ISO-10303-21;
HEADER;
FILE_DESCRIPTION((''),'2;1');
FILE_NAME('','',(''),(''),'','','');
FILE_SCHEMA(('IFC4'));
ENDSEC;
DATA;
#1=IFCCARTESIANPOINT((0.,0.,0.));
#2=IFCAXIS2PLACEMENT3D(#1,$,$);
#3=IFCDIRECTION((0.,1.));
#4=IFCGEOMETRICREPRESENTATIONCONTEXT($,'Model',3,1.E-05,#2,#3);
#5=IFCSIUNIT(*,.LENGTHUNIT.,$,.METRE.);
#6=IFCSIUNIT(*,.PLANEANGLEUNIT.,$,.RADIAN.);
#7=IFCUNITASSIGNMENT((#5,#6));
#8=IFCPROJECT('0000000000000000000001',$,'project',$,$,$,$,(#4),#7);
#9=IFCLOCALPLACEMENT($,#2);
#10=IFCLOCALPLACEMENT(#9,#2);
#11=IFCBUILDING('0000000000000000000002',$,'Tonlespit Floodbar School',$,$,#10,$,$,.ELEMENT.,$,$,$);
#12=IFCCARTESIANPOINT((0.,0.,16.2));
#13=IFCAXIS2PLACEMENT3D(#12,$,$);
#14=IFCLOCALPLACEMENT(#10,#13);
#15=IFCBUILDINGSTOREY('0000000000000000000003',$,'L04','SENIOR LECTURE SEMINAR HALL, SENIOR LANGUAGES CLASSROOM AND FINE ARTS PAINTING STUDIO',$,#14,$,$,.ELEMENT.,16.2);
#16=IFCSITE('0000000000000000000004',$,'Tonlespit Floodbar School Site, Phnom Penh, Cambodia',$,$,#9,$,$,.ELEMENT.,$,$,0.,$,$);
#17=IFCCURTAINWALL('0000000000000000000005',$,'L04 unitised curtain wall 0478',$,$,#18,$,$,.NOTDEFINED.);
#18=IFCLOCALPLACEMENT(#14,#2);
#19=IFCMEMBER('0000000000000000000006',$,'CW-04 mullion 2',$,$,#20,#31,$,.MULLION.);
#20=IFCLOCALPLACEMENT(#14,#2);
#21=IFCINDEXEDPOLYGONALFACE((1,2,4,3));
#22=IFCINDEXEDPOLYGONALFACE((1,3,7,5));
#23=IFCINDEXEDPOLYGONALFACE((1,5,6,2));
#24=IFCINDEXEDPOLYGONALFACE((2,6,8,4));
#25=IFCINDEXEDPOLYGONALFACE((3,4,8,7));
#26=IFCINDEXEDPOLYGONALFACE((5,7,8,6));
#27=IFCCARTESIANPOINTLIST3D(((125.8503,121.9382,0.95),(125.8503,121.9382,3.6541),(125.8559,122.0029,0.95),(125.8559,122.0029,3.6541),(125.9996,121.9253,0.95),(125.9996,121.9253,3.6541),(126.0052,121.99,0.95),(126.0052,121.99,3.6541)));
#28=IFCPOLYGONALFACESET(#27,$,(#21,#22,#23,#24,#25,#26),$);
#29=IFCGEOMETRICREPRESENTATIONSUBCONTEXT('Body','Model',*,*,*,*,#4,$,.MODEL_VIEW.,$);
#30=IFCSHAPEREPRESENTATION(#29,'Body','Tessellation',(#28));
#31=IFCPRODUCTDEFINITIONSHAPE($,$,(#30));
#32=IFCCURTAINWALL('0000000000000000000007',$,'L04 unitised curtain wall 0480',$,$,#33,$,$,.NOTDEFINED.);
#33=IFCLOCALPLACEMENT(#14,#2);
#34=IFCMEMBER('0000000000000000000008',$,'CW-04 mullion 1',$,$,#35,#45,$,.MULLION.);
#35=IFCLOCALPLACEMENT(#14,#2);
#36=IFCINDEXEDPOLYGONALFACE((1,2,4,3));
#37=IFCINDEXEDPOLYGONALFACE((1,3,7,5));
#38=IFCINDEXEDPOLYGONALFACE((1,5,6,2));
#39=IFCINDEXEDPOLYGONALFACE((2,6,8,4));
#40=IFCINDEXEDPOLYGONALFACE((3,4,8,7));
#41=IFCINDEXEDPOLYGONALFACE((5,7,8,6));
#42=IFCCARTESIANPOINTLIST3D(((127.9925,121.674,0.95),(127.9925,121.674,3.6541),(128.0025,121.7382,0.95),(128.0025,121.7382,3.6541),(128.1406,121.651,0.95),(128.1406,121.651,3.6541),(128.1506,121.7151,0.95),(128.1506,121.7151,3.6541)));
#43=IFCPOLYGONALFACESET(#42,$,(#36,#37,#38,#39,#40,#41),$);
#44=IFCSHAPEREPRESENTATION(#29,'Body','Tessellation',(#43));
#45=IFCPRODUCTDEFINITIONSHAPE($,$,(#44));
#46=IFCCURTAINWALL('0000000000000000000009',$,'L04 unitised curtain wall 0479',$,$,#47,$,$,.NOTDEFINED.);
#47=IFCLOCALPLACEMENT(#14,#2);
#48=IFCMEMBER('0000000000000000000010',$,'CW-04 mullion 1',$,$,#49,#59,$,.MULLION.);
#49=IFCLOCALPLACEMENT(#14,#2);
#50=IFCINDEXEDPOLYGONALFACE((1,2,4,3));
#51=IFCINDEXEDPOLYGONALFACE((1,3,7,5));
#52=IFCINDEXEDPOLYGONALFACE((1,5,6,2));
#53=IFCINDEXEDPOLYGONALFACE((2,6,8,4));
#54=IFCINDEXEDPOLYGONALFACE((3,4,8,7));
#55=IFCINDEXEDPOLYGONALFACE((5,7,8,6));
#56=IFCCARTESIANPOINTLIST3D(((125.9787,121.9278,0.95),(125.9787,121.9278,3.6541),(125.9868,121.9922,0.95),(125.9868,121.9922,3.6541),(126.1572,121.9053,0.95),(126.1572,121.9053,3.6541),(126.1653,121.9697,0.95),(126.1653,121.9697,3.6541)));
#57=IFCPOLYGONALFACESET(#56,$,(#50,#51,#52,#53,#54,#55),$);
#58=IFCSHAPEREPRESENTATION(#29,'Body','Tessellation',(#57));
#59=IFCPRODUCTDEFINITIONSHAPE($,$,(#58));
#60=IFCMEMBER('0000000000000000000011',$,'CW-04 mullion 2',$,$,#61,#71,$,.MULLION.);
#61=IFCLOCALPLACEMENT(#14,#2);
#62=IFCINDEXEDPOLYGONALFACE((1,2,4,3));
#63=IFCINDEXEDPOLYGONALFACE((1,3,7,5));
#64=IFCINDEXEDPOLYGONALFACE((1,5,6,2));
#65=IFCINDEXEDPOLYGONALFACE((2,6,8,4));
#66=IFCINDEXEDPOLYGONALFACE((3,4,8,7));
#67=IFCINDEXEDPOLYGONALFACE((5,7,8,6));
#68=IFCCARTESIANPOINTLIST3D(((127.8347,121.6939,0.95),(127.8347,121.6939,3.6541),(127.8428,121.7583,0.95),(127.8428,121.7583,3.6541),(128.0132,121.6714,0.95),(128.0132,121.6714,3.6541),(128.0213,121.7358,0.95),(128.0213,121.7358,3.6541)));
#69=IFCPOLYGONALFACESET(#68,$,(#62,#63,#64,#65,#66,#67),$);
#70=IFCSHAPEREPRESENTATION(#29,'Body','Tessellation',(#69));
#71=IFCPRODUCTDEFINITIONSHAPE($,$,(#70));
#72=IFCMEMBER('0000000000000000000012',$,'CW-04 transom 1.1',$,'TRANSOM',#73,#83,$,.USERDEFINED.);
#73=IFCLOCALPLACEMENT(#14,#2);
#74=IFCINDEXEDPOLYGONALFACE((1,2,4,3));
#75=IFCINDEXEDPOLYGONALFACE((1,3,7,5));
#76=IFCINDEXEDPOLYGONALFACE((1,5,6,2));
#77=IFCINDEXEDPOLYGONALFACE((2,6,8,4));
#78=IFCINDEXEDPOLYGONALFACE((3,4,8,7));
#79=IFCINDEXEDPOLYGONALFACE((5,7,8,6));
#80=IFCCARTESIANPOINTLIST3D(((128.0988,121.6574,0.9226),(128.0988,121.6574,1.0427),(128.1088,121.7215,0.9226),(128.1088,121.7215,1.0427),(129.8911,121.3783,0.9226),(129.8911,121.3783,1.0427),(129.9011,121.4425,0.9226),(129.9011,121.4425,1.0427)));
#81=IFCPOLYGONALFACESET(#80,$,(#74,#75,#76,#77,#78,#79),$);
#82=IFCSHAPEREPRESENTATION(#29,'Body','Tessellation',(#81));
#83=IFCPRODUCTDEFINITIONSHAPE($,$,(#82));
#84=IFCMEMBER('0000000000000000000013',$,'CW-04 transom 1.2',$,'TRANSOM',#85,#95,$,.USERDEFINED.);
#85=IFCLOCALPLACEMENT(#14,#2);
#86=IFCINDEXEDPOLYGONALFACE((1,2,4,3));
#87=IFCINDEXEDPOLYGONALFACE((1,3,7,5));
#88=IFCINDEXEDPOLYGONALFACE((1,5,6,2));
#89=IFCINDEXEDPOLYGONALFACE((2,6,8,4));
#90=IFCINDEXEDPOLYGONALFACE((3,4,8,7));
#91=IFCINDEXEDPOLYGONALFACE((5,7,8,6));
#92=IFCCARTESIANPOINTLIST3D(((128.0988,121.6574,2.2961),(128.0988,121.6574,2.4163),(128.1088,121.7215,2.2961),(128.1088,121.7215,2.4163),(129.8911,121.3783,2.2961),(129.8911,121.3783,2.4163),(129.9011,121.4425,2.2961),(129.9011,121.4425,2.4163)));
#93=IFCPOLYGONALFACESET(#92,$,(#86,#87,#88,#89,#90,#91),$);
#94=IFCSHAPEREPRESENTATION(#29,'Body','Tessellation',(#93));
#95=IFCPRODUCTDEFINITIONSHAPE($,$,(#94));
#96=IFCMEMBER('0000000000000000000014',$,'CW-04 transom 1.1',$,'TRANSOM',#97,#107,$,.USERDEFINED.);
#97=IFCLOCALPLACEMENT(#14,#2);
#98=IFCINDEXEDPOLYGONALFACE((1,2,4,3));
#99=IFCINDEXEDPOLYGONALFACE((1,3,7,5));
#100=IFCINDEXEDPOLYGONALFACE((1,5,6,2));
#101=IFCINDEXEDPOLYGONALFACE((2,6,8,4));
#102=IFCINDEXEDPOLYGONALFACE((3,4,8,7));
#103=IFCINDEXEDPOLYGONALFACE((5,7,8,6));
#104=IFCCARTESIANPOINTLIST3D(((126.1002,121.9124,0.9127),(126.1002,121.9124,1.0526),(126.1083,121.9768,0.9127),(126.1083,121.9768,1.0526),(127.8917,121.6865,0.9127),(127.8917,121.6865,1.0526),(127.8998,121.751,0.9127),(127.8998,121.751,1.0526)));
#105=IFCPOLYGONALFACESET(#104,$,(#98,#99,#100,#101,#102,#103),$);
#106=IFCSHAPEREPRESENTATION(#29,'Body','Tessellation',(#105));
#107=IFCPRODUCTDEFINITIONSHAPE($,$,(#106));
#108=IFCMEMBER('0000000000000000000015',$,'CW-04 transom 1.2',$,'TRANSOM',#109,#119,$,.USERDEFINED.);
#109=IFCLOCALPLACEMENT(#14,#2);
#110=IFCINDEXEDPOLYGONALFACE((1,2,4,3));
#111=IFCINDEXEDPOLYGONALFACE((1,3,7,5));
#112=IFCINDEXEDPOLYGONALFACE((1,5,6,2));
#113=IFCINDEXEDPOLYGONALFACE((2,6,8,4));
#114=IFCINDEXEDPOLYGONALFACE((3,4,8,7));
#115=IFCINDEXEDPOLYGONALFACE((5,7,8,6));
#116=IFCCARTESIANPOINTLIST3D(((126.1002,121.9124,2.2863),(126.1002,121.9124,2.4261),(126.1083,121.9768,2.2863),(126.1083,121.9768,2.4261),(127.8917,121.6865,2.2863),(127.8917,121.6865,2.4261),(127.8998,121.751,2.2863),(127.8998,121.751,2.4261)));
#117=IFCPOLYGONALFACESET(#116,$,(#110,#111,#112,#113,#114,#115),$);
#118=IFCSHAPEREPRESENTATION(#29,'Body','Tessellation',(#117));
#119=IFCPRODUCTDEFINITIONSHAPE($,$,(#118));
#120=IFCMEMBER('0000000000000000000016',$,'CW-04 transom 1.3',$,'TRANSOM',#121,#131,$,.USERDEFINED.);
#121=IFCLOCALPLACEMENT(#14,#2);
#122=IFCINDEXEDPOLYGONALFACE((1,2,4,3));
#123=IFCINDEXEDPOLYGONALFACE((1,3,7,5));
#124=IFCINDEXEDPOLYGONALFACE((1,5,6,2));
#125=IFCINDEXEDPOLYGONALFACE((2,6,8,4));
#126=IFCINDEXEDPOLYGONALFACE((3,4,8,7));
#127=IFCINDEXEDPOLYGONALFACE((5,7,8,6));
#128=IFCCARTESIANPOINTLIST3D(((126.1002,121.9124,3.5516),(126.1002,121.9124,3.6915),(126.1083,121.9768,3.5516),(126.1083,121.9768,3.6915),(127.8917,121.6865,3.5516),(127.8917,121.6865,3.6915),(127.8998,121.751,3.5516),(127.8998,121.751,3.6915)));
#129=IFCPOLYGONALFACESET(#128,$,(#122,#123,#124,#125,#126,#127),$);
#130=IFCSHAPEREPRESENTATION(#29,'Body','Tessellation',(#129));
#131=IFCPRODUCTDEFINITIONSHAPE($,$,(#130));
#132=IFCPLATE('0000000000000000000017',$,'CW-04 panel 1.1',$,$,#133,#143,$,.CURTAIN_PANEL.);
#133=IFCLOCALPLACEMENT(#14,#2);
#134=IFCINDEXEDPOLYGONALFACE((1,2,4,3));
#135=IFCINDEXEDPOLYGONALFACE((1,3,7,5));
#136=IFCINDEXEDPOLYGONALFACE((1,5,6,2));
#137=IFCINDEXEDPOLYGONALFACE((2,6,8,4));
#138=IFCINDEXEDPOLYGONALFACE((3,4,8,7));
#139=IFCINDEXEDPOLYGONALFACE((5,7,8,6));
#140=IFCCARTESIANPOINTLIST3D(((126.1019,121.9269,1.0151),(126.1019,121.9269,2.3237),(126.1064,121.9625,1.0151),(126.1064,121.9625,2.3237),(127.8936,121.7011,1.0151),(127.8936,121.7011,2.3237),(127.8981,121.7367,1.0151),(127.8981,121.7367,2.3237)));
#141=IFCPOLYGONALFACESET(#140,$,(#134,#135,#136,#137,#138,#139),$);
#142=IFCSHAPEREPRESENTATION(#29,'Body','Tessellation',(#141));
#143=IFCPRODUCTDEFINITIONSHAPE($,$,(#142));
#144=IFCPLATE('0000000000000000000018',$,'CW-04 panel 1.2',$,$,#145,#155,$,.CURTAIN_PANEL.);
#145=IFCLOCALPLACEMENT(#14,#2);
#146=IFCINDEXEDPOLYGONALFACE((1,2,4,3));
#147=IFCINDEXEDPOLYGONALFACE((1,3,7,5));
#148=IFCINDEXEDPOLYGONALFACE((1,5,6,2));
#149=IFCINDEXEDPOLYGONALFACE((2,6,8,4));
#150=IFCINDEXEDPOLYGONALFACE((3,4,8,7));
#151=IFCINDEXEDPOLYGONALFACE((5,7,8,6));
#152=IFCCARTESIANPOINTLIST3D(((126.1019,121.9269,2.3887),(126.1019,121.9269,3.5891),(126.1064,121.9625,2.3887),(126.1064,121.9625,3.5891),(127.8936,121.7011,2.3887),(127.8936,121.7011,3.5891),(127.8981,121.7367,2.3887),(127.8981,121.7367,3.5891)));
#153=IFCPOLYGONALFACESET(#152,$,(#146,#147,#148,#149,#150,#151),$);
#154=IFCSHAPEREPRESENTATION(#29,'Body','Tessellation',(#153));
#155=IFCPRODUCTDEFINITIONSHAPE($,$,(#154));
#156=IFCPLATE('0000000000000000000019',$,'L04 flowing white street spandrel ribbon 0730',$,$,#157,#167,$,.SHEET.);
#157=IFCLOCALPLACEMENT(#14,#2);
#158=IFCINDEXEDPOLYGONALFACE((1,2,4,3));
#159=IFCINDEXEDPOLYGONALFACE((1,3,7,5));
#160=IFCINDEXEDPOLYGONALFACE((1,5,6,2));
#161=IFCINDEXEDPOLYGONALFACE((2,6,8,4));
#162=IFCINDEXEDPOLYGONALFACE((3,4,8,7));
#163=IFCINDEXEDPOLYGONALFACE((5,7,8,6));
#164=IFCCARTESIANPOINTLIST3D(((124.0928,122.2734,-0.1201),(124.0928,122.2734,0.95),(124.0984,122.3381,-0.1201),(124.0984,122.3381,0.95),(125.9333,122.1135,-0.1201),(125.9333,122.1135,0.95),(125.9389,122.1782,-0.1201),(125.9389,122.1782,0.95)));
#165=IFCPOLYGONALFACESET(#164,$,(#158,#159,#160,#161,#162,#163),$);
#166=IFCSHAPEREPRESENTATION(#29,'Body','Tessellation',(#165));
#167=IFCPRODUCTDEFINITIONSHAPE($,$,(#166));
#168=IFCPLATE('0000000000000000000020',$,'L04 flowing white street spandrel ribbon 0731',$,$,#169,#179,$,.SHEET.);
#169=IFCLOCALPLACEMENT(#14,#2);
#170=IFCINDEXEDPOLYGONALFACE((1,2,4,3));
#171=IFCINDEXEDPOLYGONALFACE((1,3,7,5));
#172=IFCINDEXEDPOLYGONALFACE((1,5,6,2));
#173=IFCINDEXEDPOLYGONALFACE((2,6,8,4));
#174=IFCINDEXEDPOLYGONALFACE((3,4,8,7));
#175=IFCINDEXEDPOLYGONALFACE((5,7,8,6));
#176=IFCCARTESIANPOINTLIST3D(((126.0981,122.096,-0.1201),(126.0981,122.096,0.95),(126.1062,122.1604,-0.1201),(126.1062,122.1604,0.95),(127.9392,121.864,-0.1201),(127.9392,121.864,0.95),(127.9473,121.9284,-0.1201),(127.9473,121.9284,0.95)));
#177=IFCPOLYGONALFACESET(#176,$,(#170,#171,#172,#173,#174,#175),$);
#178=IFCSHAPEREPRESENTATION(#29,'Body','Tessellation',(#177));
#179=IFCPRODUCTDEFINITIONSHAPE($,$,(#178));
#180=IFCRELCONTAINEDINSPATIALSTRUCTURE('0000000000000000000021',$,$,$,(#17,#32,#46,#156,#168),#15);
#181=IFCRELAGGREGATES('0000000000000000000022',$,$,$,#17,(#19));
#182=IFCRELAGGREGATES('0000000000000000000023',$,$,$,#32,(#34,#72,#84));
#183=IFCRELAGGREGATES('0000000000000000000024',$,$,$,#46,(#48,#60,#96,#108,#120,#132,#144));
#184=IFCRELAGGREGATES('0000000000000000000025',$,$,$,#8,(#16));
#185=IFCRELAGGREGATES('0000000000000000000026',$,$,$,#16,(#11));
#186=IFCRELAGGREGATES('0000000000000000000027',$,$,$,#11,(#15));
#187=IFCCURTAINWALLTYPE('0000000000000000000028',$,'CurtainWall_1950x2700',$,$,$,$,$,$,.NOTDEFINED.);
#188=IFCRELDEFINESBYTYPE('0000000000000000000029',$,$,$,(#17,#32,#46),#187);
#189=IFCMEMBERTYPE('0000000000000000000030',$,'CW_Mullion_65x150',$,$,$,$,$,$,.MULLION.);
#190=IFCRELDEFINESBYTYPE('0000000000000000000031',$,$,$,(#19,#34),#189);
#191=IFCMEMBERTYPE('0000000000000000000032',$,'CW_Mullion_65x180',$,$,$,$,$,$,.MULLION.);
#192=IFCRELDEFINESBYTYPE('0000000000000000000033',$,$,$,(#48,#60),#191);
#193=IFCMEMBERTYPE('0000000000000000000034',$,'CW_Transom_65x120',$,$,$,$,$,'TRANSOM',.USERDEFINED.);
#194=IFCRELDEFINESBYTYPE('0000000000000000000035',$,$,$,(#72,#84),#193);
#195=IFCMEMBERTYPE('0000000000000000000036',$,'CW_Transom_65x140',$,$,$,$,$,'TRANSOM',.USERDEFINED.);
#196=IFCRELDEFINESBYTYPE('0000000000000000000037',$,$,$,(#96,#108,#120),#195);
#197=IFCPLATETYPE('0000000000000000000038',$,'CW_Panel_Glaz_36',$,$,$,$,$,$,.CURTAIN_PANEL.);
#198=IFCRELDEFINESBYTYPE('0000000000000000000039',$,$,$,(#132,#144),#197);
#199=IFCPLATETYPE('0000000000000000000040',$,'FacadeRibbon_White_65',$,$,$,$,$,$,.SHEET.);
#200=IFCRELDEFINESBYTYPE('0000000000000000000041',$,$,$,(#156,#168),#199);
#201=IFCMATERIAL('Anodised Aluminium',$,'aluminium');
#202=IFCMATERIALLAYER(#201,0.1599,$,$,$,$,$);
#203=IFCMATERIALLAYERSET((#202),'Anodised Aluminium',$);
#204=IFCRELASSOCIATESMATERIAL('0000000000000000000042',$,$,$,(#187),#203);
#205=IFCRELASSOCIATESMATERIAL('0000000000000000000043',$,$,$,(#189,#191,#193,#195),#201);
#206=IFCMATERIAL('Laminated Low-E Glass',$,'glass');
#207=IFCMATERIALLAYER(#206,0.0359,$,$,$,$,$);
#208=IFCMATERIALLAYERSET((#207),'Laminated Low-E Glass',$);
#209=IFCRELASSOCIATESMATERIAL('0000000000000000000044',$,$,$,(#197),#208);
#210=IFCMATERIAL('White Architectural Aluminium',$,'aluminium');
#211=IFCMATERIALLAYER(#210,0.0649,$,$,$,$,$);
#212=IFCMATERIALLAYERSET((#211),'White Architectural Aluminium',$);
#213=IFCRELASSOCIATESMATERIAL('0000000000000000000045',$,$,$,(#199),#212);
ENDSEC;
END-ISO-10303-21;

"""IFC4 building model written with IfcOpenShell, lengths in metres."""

from ifc_helpers import new_model, si_unit, direction, frame, origin, origin_2d, place, context, subcontext, project, spatial, rectangle, extrude, material, layer, layer_set, material_profile, profile_set, type_object, element, aggregate, save


model = new_model("IFC4")

# Units and contexts
model_context = context("Model", 3, precision=1e-05, world=origin(), true_north=direction((0.0, 1.0)))
body_context = subcontext(model_context, "Body", "Model", "MODEL_VIEW")
ifc_project = project(units=[si_unit("LENGTHUNIT", "METRE"), si_unit("PLANEANGLEUNIT", "RADIAN")], contexts=[model_context])

# Site, building, storey
site_placement = place(None, origin())
site = spatial("IfcSite", under=ifc_project, at=site_placement, Name="Tonlespit Floodbar School Site, Phnom Penh, Cambodia", CompositionType="ELEMENT", RefElevation=0.0)
building_placement = place(site_placement, origin())
building = spatial("IfcBuilding", under=site, at=building_placement, Name="Tonlespit Floodbar School", CompositionType="ELEMENT")
storey_placement = place(building_placement, frame((0.0, 0.0, 16.2)))
storey = spatial("IfcBuildingStorey", under=building, at=storey_placement, Name="L04", Description="SENIOR LECTURE SEMINAR HALL, SENIOR LANGUAGES CLASSROOM AND FINE ARTS PAINTING STUDIO", CompositionType="ELEMENT", Elevation=16.2)

# Curtain walls, members
ifc_material_1 = material(Name="Anodised Aluminium", Category="aluminium")
ifc_layer_1 = layer(ifc_material_1, 0.1599)
ifc_layer_set_1 = layer_set([ifc_layer_1], Name="Anodised Aluminium")
curtain_wall_type = type_object("IfcCurtainWallType", Name="CurtainWall_1950x2700", PredefinedType="NOTDEFINED", material=ifc_layer_set_1)
curtain_wall_1_placement = place(storey_placement, origin())
curtain_wall_1 = element("IfcCurtainWall", 1, at=curtain_wall_1_placement, inside=storey, type_object=curtain_wall_type, Name="L04 unitised curtain wall 0478", PredefinedType="NOTDEFINED")
ifc_material_profile_1 = material_profile(ifc_material_1, rectangle(XDim=0.0649, YDim=0.1499, at=origin_2d()), Name="ALU M65x150")
ifc_profile_set_1 = profile_set([ifc_material_profile_1], Name="Anodised Aluminium")
member_type_1 = type_object("IfcMemberType", Name="CW_Mullion_65x150", PredefinedType="MULLION", material=ifc_profile_set_1)
member_1_placement = place(storey_placement, frame((125.9277, 121.9641, 0.95), z_axis=(0.0, 0.0, 1.0), x_axis=(0.086531, 0.996249, 0.0)))
member_1 = element("IfcMember", 2, at=member_1_placement, type_object=member_type_1, Name="CW-04 mullion 2", PredefinedType="MULLION", context=body_context, shape_type="SweptSolid", body=[
    extrude(rectangle(XDim=0.0649, YDim=0.1499, at=origin_2d()), origin(), (0.0, 0.0, 1.0), 2.7041),
])
aggregate(curtain_wall_1, [member_1])
curtain_wall_2_placement = place(storey_placement, origin())
curtain_wall_2 = element("IfcCurtainWall", 3, at=curtain_wall_2_placement, inside=storey, type_object=curtain_wall_type, Name="L04 unitised curtain wall 0480", PredefinedType="NOTDEFINED")
member_2_placement = place(storey_placement, frame((128.0715, 121.6946, 0.95), z_axis=(0.0, 0.0, 1.0), x_axis=(0.153796, 0.988103, 0.0)))
member_2 = element("IfcMember", 4, at=member_2_placement, type_object=member_type_1, Name="CW-04 mullion 1", PredefinedType="MULLION", context=body_context, shape_type="SweptSolid", body=[
    extrude(rectangle(XDim=0.0649, YDim=0.1499, at=origin_2d()), origin(), (0.0, 0.0, 1.0), 2.7041),
])

# Curtain wall, members
curtain_wall_3_placement = place(storey_placement, origin())
curtain_wall_3 = element("IfcCurtainWall", 5, at=curtain_wall_3_placement, inside=storey, type_object=curtain_wall_type, Name="L04 unitised curtain wall 0479", PredefinedType="NOTDEFINED")
ifc_material_profile_2 = material_profile(ifc_material_1, rectangle(XDim=0.0649, YDim=0.1799, at=origin_2d()), Name="ALU M65x180")
ifc_profile_set_2 = profile_set([ifc_material_profile_2], Name="Anodised Aluminium")
member_type_2 = type_object("IfcMemberType", Name="CW_Mullion_65x180", PredefinedType="MULLION", material=ifc_profile_set_2)
member_3_placement = place(storey_placement, frame((126.072, 121.9487, 0.95), z_axis=(0.0, 0.0, 1.0), x_axis=(0.125014, 0.992155, 0.0)))
member_3 = element("IfcMember", 6, at=member_3_placement, type_object=member_type_2, Name="CW-04 mullion 1", PredefinedType="MULLION", context=body_context, shape_type="SweptSolid", body=[
    extrude(rectangle(XDim=0.0649, YDim=0.1799, at=origin_2d()), origin(), (0.0, 0.0, 1.0), 2.7041),
])
member_4_placement = place(storey_placement, frame((127.928, 121.7148, 0.95), z_axis=(0.0, 0.0, 1.0), x_axis=(0.125014, 0.992155, 0.0)))
member_4 = element("IfcMember", 7, at=member_4_placement, type_object=member_type_2, Name="CW-04 mullion 2", PredefinedType="MULLION", context=body_context, shape_type="SweptSolid", body=[
    extrude(rectangle(XDim=0.0649, YDim=0.1799, at=origin_2d()), origin(), (0.0, 0.0, 1.0), 2.7041),
])

# Members
ifc_material_profile_3 = material_profile(ifc_material_1, rectangle(XDim=0.0649, YDim=0.1201, at=origin_2d()), Name="ALU T65x120")
ifc_profile_set_3 = profile_set([ifc_material_profile_3], Name="Anodised Aluminium")
member_type_3 = type_object("IfcMemberType", Name="CW_Transom_65x120", ElementType="TRANSOM", PredefinedType="USERDEFINED", material=ifc_profile_set_3)
member_5_placement = place(storey_placement, frame((128.1038, 121.6895, 0.9827), z_axis=(0.988098, -0.153827, 0.0), x_axis=(0.153827, 0.988098, 0.0)))
member_5 = element("IfcMember", 8, at=member_5_placement, type_object=member_type_3, Name="CW-04 transom 1.1", ObjectType="TRANSOM", PredefinedType="USERDEFINED", context=body_context, shape_type="SweptSolid", body=[
    extrude(rectangle(XDim=0.0649, YDim=0.1201, at=origin_2d()), origin(), (0.0, 0.0, 1.0), 1.814),
])
member_6_placement = place(storey_placement, frame((128.1038, 121.6895, 2.3562), z_axis=(0.988098, -0.153827, 0.0), x_axis=(0.153827, 0.988098, 0.0)))
member_6 = element("IfcMember", 9, at=member_6_placement, type_object=member_type_3, Name="CW-04 transom 1.2", ObjectType="TRANSOM", PredefinedType="USERDEFINED", context=body_context, shape_type="SweptSolid", body=[
    extrude(rectangle(XDim=0.0649, YDim=0.1201, at=origin_2d()), origin(), (0.0, 0.0, 1.0), 1.814),
])
aggregate(curtain_wall_2, [member_2, member_5, member_6])
ifc_material_profile_4 = material_profile(ifc_material_1, rectangle(XDim=0.0649, YDim=0.1399, at=origin_2d()), Name="ALU T65x140")
ifc_profile_set_4 = profile_set([ifc_material_profile_4], Name="Anodised Aluminium")
member_type_4 = type_object("IfcMemberType", Name="CW_Transom_65x140", ElementType="TRANSOM", PredefinedType="USERDEFINED", material=ifc_profile_set_4)
member_7_placement = place(storey_placement, frame((126.1042, 121.9446, 0.9827), z_axis=(0.992148, -0.125066, 0.0), x_axis=(0.125066, 0.992148, 0.0)))
member_7 = element("IfcMember", 10, at=member_7_placement, type_object=member_type_4, Name="CW-04 transom 1.1", ObjectType="TRANSOM", PredefinedType="USERDEFINED", context=body_context, shape_type="SweptSolid", body=[
    extrude(rectangle(XDim=0.0649, YDim=0.1399, at=origin_2d()), origin(), (0.0, 0.0, 1.0), 1.8057),
])
member_8_placement = place(storey_placement, frame((126.1042, 121.9446, 2.3562), z_axis=(0.992148, -0.125066, 0.0), x_axis=(0.125066, 0.992148, 0.0)))
member_8 = element("IfcMember", 11, at=member_8_placement, type_object=member_type_4, Name="CW-04 transom 1.2", ObjectType="TRANSOM", PredefinedType="USERDEFINED", context=body_context, shape_type="SweptSolid", body=[
    extrude(rectangle(XDim=0.0649, YDim=0.1399, at=origin_2d()), origin(), (0.0, 0.0, 1.0), 1.8057),
])
member_9_placement = place(storey_placement, frame((126.1042, 121.9446, 3.6216), z_axis=(0.992148, -0.125066, 0.0), x_axis=(0.125066, 0.992148, 0.0)))
member_9 = element("IfcMember", 12, at=member_9_placement, type_object=member_type_4, Name="CW-04 transom 1.3", ObjectType="TRANSOM", PredefinedType="USERDEFINED", context=body_context, shape_type="SweptSolid", body=[
    extrude(rectangle(XDim=0.0649, YDim=0.1399, at=origin_2d()), origin(), (0.0, 0.0, 1.0), 1.8057),
])

# Plates
ifc_material_2 = material(Name="Laminated Low-E Glass", Category="glass")
ifc_layer_2 = layer(ifc_material_2, 0.0359)
ifc_layer_set_2 = layer_set([ifc_layer_2], Name="Laminated Low-E Glass")
plate_type_1 = type_object("IfcPlateType", Name="CW_Panel_Glaz_36", PredefinedType="CURTAIN_PANEL", material=ifc_layer_set_2)
plate_1_placement = place(storey_placement, frame((127.0, 121.8318, 1.0151), z_axis=(0.0, 0.0, 1.0), x_axis=(0.992155, -0.125014, 0.0)))
plate_1 = element("IfcPlate", 13, at=plate_1_placement, type_object=plate_type_1, Name="CW-04 panel 1.1", PredefinedType="CURTAIN_PANEL", context=body_context, shape_type="SweptSolid", body=[
    extrude(rectangle(XDim=1.8059, YDim=0.0359, at=origin_2d()), origin(), (0.0, 0.0, 1.0), 1.3086),
])
plate_2_placement = place(storey_placement, frame((127.0, 121.8318, 2.3887), z_axis=(0.0, 0.0, 1.0), x_axis=(0.992155, -0.125014, 0.0)))
plate_2 = element("IfcPlate", 14, at=plate_2_placement, type_object=plate_type_1, Name="CW-04 panel 1.2", PredefinedType="CURTAIN_PANEL", context=body_context, shape_type="SweptSolid", body=[
    extrude(rectangle(XDim=1.8059, YDim=0.0359, at=origin_2d()), origin(), (0.0, 0.0, 1.0), 1.2004),
])
aggregate(curtain_wall_3, [member_3, member_4, member_7, member_8, member_9, plate_1, plate_2])

# Plates
ifc_material_3 = material(Name="White Architectural Aluminium", Category="aluminium")
ifc_layer_3 = layer(ifc_material_3, 0.0649)
ifc_layer_set_3 = layer_set([ifc_layer_3], Name="White Architectural Aluminium")
plate_type_2 = type_object("IfcPlateType", Name="FacadeRibbon_White_65", PredefinedType="SHEET", material=ifc_layer_set_3)
plate_3_placement = place(storey_placement, frame((125.0159, 122.2258, -0.1201), z_axis=(0.0, 0.0, 1.0), x_axis=(0.996245, -0.086573, 0.0)))
element("IfcPlate", 15, at=plate_3_placement, inside=storey, type_object=plate_type_2, Name="L04 flowing white street spandrel ribbon 0730", PredefinedType="SHEET", context=body_context, shape_type="SweptSolid", body=[
    extrude(rectangle(XDim=1.8474, YDim=0.0649, at=origin_2d()), origin(), (0.0, 0.0, 1.0), 1.0701),
])
plate_4_placement = place(storey_placement, frame((127.0227, 122.0122, -0.1201), z_axis=(0.0, 0.0, 1.0), x_axis=(0.992155, -0.125011, 0.0)))
element("IfcPlate", 16, at=plate_4_placement, inside=storey, type_object=plate_type_2, Name="L04 flowing white street spandrel ribbon 0731", PredefinedType="SHEET", context=body_context, shape_type="SweptSolid", body=[
    extrude(rectangle(XDim=1.8557, YDim=0.0649, at=origin_2d()), origin(), (0.0, 0.0, 1.0), 1.0701),
])

save(model, "model.ifc")
